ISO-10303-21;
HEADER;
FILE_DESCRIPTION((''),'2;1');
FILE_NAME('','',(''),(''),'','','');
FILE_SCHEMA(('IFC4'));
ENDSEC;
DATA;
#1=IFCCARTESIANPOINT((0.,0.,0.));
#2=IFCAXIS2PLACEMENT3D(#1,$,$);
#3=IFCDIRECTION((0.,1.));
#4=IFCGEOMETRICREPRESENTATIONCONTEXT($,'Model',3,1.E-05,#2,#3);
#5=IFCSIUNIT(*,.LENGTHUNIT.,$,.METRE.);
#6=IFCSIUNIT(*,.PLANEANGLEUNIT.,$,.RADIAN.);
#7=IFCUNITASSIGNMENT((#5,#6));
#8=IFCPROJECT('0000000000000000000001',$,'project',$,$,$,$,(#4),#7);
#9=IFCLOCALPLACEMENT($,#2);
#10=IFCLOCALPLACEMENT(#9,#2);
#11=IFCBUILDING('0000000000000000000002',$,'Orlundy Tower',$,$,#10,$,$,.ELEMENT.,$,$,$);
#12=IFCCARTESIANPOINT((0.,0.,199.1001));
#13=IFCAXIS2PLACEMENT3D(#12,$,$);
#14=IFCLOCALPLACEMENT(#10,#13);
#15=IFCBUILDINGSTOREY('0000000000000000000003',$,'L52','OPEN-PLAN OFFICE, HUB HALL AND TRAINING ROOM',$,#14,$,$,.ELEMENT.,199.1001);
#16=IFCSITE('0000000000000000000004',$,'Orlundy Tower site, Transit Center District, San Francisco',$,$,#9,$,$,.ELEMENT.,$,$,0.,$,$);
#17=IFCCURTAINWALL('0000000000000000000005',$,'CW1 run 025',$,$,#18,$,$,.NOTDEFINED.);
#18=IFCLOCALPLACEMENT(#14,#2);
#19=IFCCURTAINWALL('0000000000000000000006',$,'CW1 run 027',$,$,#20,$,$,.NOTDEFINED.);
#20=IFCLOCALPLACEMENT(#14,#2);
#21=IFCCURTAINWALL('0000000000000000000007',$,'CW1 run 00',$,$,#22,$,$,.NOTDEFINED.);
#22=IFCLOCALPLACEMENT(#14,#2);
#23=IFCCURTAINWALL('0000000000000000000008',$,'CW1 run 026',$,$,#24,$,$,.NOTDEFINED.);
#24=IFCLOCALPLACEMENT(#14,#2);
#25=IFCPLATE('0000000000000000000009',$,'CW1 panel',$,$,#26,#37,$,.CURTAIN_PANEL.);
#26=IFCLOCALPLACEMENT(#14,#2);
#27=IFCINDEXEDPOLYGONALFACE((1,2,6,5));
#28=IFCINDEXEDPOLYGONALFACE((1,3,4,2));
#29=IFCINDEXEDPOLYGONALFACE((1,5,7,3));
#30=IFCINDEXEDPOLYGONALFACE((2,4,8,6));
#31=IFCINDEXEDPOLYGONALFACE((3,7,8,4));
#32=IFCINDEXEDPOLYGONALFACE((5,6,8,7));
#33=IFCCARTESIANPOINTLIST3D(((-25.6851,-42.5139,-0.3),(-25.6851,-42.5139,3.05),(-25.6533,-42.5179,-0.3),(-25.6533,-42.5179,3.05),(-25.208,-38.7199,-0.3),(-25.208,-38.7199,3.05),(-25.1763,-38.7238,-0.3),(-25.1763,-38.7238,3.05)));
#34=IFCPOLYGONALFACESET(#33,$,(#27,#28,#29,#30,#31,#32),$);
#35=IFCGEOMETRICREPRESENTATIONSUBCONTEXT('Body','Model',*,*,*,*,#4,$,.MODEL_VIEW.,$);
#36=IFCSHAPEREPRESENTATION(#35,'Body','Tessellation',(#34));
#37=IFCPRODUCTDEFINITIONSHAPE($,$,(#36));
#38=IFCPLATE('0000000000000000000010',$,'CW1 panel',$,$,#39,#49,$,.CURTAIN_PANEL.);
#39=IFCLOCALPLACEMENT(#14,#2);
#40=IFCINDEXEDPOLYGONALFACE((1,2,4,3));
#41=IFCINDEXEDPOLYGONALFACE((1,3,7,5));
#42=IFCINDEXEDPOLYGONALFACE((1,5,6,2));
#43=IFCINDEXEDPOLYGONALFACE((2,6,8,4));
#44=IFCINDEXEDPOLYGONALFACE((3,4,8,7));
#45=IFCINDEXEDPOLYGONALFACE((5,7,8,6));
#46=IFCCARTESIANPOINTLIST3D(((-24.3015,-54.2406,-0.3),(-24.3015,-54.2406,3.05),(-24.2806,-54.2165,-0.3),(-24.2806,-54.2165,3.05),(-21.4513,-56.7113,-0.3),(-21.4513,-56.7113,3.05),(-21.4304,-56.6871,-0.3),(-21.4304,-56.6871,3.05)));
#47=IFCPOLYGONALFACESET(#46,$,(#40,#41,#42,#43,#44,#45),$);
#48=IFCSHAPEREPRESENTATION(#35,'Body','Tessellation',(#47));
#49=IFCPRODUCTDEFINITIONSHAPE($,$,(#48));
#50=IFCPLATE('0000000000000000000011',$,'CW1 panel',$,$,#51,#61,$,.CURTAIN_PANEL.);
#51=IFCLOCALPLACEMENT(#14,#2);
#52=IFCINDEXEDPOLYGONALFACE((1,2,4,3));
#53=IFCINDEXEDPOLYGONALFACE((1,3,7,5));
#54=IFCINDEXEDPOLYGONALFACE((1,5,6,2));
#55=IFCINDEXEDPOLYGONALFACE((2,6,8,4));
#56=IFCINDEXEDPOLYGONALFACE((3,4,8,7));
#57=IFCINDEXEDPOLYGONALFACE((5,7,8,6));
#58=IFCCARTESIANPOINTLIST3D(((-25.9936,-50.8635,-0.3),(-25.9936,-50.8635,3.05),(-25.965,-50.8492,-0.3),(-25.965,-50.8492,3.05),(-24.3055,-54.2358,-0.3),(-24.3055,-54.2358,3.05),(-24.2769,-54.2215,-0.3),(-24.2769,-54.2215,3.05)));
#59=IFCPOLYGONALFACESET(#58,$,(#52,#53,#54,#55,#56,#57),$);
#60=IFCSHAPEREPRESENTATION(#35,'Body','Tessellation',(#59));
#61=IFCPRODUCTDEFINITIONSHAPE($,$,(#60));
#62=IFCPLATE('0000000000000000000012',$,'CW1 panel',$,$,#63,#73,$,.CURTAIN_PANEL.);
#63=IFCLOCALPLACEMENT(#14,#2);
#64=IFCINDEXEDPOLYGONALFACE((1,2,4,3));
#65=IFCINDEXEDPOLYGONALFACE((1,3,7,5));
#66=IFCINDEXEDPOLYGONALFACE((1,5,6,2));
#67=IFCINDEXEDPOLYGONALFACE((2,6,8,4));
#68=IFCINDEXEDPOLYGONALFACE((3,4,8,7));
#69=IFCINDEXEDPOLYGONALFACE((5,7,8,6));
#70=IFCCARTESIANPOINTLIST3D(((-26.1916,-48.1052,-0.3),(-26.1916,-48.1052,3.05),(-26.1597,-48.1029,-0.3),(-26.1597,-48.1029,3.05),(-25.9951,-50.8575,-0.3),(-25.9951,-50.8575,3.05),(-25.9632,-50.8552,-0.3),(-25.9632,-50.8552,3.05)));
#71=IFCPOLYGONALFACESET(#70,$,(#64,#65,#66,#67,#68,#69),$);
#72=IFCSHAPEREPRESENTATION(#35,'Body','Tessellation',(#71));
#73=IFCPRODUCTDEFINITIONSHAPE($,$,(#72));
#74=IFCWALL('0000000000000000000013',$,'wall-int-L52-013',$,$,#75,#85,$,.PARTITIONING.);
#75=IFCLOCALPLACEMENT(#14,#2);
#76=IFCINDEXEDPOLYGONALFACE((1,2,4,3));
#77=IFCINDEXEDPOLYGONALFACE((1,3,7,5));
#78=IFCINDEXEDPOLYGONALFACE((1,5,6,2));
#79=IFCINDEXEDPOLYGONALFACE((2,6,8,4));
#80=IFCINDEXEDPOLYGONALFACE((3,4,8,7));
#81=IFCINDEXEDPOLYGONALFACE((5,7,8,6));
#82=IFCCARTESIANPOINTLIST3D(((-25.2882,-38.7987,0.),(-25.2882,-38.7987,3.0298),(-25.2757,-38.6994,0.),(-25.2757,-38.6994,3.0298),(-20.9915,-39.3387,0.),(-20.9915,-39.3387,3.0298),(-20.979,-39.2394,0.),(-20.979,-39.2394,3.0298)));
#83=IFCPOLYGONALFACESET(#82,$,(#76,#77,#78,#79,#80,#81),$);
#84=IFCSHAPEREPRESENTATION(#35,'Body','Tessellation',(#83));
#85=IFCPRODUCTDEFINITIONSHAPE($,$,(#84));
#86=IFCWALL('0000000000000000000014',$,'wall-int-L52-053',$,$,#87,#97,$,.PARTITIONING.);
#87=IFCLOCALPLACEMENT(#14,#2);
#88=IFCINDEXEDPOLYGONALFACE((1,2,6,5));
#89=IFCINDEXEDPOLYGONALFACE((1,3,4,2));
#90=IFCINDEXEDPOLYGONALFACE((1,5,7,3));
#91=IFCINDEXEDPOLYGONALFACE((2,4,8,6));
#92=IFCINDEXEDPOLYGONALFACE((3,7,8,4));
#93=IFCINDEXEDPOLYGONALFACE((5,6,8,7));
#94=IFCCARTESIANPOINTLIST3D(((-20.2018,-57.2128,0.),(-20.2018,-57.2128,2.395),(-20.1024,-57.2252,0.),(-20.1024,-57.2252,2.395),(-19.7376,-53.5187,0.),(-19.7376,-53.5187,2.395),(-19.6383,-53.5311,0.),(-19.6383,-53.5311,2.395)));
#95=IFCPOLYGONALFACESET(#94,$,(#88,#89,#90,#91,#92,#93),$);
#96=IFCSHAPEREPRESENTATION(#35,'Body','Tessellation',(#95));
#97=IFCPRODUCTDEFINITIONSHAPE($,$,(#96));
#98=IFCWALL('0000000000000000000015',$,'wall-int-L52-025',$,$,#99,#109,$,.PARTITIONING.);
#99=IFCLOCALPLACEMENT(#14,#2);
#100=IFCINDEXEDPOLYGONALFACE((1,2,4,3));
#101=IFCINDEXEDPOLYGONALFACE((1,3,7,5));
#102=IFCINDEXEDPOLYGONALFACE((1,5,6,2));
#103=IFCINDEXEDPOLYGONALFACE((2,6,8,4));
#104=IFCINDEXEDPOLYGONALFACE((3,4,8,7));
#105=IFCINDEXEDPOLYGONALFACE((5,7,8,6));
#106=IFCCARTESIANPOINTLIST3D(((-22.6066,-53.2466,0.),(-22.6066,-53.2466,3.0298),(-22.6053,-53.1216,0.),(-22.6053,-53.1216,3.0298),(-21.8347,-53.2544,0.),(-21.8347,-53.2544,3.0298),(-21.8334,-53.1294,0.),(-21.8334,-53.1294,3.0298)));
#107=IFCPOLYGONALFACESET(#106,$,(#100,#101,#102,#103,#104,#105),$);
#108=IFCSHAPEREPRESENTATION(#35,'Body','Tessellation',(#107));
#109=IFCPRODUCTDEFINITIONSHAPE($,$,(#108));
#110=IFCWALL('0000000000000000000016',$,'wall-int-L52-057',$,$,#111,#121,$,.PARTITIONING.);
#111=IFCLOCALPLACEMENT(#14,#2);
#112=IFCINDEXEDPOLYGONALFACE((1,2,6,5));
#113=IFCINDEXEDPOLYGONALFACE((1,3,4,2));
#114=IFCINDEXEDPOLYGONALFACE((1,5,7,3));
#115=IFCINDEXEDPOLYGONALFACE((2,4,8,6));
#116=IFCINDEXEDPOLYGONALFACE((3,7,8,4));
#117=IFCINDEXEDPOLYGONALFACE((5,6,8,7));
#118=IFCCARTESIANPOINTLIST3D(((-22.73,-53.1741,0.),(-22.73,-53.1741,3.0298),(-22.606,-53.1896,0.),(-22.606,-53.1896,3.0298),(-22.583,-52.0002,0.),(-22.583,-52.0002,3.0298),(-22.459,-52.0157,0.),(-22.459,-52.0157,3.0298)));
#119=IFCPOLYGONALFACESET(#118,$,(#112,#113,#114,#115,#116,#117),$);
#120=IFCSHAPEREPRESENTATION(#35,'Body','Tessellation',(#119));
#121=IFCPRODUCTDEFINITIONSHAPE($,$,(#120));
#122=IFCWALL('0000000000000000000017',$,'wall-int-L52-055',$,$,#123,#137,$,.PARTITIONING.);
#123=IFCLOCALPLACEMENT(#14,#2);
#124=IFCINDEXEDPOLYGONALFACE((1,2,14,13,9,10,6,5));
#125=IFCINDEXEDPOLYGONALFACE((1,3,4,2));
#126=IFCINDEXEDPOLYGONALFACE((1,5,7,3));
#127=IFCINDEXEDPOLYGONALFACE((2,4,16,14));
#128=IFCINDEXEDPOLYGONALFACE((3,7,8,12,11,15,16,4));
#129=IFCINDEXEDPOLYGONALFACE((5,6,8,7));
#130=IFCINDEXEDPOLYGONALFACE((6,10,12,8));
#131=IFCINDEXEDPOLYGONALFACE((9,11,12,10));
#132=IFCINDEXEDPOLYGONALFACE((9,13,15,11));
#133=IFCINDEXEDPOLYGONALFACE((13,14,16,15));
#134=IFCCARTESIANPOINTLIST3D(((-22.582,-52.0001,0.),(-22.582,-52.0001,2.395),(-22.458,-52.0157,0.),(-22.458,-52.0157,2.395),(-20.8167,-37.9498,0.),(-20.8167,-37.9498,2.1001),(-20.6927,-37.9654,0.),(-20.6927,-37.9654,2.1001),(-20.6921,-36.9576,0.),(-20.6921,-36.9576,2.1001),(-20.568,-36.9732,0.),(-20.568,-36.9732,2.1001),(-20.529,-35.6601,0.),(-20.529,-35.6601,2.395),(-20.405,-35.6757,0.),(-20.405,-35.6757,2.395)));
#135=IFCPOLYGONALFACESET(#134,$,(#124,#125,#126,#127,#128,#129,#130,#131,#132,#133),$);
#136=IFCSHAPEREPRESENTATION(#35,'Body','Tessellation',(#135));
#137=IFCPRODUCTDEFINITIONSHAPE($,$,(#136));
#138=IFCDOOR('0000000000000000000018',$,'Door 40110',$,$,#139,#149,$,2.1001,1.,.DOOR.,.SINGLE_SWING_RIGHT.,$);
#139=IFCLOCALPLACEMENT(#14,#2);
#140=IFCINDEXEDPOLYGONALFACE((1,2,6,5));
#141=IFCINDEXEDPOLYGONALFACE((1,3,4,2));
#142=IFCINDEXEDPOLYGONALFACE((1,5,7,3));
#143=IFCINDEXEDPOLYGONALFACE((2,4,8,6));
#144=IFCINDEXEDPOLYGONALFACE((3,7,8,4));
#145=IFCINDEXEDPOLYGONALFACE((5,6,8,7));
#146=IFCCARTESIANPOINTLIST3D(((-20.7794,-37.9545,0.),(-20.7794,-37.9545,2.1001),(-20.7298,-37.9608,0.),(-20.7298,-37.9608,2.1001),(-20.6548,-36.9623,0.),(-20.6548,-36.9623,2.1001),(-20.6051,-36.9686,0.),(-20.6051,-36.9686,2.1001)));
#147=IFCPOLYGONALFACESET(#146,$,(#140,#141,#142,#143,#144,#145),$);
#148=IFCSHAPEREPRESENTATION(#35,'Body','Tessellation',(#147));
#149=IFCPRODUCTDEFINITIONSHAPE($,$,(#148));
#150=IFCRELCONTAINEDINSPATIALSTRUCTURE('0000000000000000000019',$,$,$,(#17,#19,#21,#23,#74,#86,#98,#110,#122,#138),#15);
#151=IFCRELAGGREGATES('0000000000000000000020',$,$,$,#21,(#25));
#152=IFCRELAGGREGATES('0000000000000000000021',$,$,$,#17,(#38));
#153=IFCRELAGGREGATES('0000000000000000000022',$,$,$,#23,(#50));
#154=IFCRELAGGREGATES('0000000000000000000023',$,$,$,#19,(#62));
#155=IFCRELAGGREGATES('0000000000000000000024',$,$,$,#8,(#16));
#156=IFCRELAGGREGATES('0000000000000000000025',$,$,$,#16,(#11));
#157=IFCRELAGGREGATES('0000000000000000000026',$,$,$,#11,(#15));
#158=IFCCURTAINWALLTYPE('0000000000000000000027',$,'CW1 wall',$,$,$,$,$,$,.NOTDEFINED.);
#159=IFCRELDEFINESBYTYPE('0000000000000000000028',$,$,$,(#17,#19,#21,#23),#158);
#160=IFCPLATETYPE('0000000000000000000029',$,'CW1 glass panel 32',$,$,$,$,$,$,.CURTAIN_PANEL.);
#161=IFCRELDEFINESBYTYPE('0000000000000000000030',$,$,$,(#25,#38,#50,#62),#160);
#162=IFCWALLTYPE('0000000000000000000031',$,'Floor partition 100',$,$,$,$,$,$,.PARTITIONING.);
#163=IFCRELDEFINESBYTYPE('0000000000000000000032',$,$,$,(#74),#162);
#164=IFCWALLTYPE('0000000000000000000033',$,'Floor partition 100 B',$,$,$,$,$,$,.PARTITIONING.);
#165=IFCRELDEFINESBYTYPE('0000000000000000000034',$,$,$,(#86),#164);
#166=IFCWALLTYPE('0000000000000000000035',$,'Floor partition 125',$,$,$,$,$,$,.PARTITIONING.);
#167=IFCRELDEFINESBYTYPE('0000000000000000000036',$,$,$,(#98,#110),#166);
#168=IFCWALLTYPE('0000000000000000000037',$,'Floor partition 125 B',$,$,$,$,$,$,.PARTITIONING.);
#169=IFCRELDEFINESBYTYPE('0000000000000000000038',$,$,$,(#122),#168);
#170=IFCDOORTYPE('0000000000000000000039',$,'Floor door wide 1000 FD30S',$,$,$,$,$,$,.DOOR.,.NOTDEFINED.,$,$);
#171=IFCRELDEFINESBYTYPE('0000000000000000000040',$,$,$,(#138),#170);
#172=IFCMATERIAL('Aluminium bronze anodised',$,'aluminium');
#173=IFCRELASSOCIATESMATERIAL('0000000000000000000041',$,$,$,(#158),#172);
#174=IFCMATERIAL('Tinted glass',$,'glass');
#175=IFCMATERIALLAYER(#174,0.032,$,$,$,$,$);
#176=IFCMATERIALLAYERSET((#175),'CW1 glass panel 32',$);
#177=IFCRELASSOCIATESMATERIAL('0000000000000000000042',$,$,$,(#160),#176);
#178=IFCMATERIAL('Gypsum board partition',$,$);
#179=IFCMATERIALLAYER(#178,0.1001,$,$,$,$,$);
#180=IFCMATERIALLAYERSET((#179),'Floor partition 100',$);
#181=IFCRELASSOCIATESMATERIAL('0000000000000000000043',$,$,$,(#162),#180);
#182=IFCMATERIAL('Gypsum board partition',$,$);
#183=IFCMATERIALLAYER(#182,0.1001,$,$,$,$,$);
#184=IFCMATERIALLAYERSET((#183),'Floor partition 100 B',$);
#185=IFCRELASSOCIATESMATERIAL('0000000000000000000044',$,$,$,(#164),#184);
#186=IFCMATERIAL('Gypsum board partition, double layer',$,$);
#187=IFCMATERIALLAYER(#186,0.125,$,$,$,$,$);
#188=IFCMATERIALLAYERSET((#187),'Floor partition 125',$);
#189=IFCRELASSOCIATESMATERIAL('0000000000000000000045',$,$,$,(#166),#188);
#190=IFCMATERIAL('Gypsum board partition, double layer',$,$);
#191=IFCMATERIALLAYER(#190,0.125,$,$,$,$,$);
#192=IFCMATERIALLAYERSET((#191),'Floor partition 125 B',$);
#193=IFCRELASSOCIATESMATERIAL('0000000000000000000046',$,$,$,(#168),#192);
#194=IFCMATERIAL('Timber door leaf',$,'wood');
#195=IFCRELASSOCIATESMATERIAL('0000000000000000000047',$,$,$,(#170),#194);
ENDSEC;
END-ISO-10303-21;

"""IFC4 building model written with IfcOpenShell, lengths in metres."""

from ifc_helpers import new_model, si_unit, direction, frame, frame_2d, origin, origin_2d, place, context, subcontext, project, spatial, rectangle, extrude, material, layer, layer_set, type_object, element, fill, aggregate, save


model = new_model("IFC4")

# Units and contexts
model_context = context("Model", 3, precision=1e-05, world=origin(), true_north=direction((0.0, 1.0)))
body_context = subcontext(model_context, "Body", "Model", "MODEL_VIEW")
ifc_project = project(units=[si_unit("LENGTHUNIT", "METRE"), si_unit("PLANEANGLEUNIT", "RADIAN")], contexts=[model_context])

# Site, building, storey
site_placement = place(None, origin())
site = spatial("IfcSite", under=ifc_project, at=site_placement, Name="Orlundy Tower site, Transit Center District, San Francisco", CompositionType="ELEMENT", RefElevation=0.0)
building_placement = place(site_placement, origin())
building = spatial("IfcBuilding", under=site, at=building_placement, Name="Orlundy Tower", CompositionType="ELEMENT")
storey_placement = place(building_placement, frame((0.0, 0.0, 199.1001)))
storey = spatial("IfcBuildingStorey", under=building, at=storey_placement, Name="L52", Description="OPEN-PLAN OFFICE, HUB HALL AND TRAINING ROOM", CompositionType="ELEMENT", Elevation=199.1001)

# Curtain walls
ifc_material_1 = material(Name="Aluminium bronze anodised", Category="aluminium")
curtain_wall_type = type_object("IfcCurtainWallType", Name="CW1 wall", PredefinedType="NOTDEFINED", material=ifc_material_1)
curtain_wall_1_placement = place(storey_placement, origin())
curtain_wall_1 = element("IfcCurtainWall", 1, at=curtain_wall_1_placement, inside=storey, type_object=curtain_wall_type, Name="CW1 run 025", PredefinedType="NOTDEFINED")
curtain_wall_2_placement = place(storey_placement, origin())
curtain_wall_2 = element("IfcCurtainWall", 2, at=curtain_wall_2_placement, inside=storey, type_object=curtain_wall_type, Name="CW1 run 027", PredefinedType="NOTDEFINED")

# Curtain wall
curtain_wall_3_placement = place(storey_placement, origin())
curtain_wall_3 = element("IfcCurtainWall", 3, at=curtain_wall_3_placement, inside=storey, type_object=curtain_wall_type, Name="CW1 run 00", PredefinedType="NOTDEFINED")

# Curtain wall
curtain_wall_4_placement = place(storey_placement, origin())
curtain_wall_4 = element("IfcCurtainWall", 4, at=curtain_wall_4_placement, inside=storey, type_object=curtain_wall_type, Name="CW1 run 026", PredefinedType="NOTDEFINED")

# Plates
ifc_material_2 = material(Name="Tinted glass", Category="glass")
ifc_layer_1 = layer(ifc_material_2, 0.032)
ifc_layer_set_1 = layer_set([ifc_layer_1], Name="CW1 glass panel 32")
plate_type = type_object("IfcPlateType", Name="CW1 glass panel 32", PredefinedType="CURTAIN_PANEL", material=ifc_layer_set_1)
plate_1_placement = place(storey_placement, frame((-25.4307, -40.6189, -0.3), z_axis=(0.0, 0.0, 1.0), x_axis=(0.124763, 0.992187, 0.0)))
plate_1 = element("IfcPlate", 5, at=plate_1_placement, type_object=plate_type, Name="CW1 panel", PredefinedType="CURTAIN_PANEL", context=body_context, shape_type="SweptSolid", body=[
    extrude(rectangle(XDim=3.824, YDim=0.032, at=origin_2d()), origin(), (0.0, 0.0, 1.0), 3.3501),
])
aggregate(curtain_wall_3, [plate_1])
plate_2_placement = place(storey_placement, frame((-22.866, -55.4639, -0.3), z_axis=(0.0, 0.0, 1.0), x_axis=(-0.755627, 0.655002, 0.0)))
plate_2 = element("IfcPlate", 6, at=plate_2_placement, type_object=plate_type, Name="CW1 panel", PredefinedType="CURTAIN_PANEL", context=body_context, shape_type="SweptSolid", body=[
    extrude(rectangle(XDim=3.772, YDim=0.032, at=origin_2d()), origin(), (0.0, 0.0, 1.0), 3.3501),
])
aggregate(curtain_wall_1, [plate_2])
plate_3_placement = place(storey_placement, frame((-25.1353, -52.5425, -0.3), z_axis=(0.0, 0.0, 1.0), x_axis=(-0.447645, 0.894211, 0.0)))
plate_3 = element("IfcPlate", 7, at=plate_3_placement, type_object=plate_type, Name="CW1 panel", PredefinedType="CURTAIN_PANEL", context=body_context, shape_type="SweptSolid", body=[
    extrude(rectangle(XDim=3.7712, YDim=0.032, at=origin_2d()), origin(), (0.0, 0.0, 1.0), 3.3501),
])
aggregate(curtain_wall_4, [plate_3])
plate_4_placement = place(storey_placement, frame((-26.0774, -49.4802, -0.3), z_axis=(0.0, 0.0, 1.0), x_axis=(-0.071209, 0.997461, 0.0)))
plate_4 = element("IfcPlate", 8, at=plate_4_placement, type_object=plate_type, Name="CW1 panel", PredefinedType="CURTAIN_PANEL", context=body_context, shape_type="SweptSolid", body=[
    extrude(rectangle(XDim=2.7593, YDim=0.032, at=origin_2d()), origin(), (0.0, 0.0, 1.0), 3.3501),
])
aggregate(curtain_wall_2, [plate_4])

# Walls
ifc_material_3 = material(Name="Gypsum board partition")
ifc_layer_2 = layer(ifc_material_3, 0.1001)
ifc_layer_set_2 = layer_set([ifc_layer_2], Name="Floor partition 100")
wall_type_1 = type_object("IfcWallType", Name="Floor partition 100", PredefinedType="PARTITIONING", material=ifc_layer_set_2)
wall_1_placement = place(storey_placement, frame((-25.282, -38.749, 0.0), z_axis=(0.0, 0.0, 1.0), x_axis=(0.992194, -0.124701, 0.0)))
element("IfcWall", 9, at=wall_1_placement, inside=storey, type_object=wall_type_1, Name="wall-int-L52-013", PredefinedType="PARTITIONING", context=body_context, shape_type="SweptSolid", body=[
    extrude(rectangle(XDim=4.3306, YDim=0.1001, at=frame_2d((2.1653, 0.0))), origin(), (0.0, 0.0, 1.0), 3.0298),
])
ifc_material_4 = material(Name="Gypsum board partition")
ifc_layer_3 = layer(ifc_material_4, 0.1001)
ifc_layer_set_3 = layer_set([ifc_layer_3], Name="Floor partition 100 B")
wall_type_2 = type_object("IfcWallType", Name="Floor partition 100 B", PredefinedType="PARTITIONING", material=ifc_layer_set_3)
wall_2_placement = place(storey_placement, frame((-20.1521, -57.219, 0.0), z_axis=(0.0, 0.0, 1.0), x_axis=(0.124656, 0.9922, 0.0)))
element("IfcWall", 10, at=wall_2_placement, inside=storey, type_object=wall_type_2, Name="wall-int-L52-053", PredefinedType="PARTITIONING", context=body_context, shape_type="SweptSolid", body=[
    extrude(rectangle(XDim=3.7231, YDim=0.1001, at=frame_2d((1.8616, 0.0))), origin(), (0.0, 0.0, 1.0), 2.395),
])
ifc_material_5 = material(Name="Gypsum board partition, double layer")
ifc_layer_4 = layer(ifc_material_5, 0.125)
ifc_layer_set_4 = layer_set([ifc_layer_4], Name="Floor partition 125")
wall_type_3 = type_object("IfcWallType", Name="Floor partition 125", PredefinedType="PARTITIONING", material=ifc_layer_set_4)
wall_3_placement = place(storey_placement, frame((-22.606, -53.1841, 0.0), z_axis=(0.0, 0.0, 1.0), x_axis=(0.999949, -0.01012, 0.0)))
element("IfcWall", 11, at=wall_3_placement, inside=storey, type_object=wall_type_3, Name="wall-int-L52-025", PredefinedType="PARTITIONING", context=body_context, shape_type="SweptSolid", body=[
    extrude(rectangle(XDim=0.772, YDim=0.125, at=frame_2d((0.386, 0.0))), origin(), (0.0, 0.0, 1.0), 3.0298),
])
wall_4_placement = place(storey_placement, frame((-22.668, -53.1819, 0.0), z_axis=(0.0, 0.0, 1.0), x_axis=(0.124238, 0.992252, 0.0)))
element("IfcWall", 12, at=wall_4_placement, inside=storey, type_object=wall_type_3, Name="wall-int-L52-057", PredefinedType="PARTITIONING", context=body_context, shape_type="SweptSolid", body=[
    extrude(rectangle(XDim=1.1831, YDim=0.125, at=frame_2d((0.5916, 0.0))), origin(), (0.0, 0.0, 1.0), 3.0298),
])

# Wall, opening, door
ifc_material_6 = material(Name="Gypsum board partition, double layer")
ifc_layer_5 = layer(ifc_material_6, 0.125)
ifc_layer_set_5 = layer_set([ifc_layer_5], Name="Floor partition 125 B")
wall_type_4 = type_object("IfcWallType", Name="Floor partition 125 B", PredefinedType="PARTITIONING", material=ifc_layer_set_5)
wall_5_placement = place(storey_placement, frame((-22.52, -52.0081, 0.0), z_axis=(0.0, 0.0, 1.0), x_axis=(0.124661, 0.992199, 0.0)))
wall_5 = element("IfcWall", 13, at=wall_5_placement, inside=storey, type_object=wall_type_4, Name="wall-int-L52-055", PredefinedType="PARTITIONING", context=body_context, shape_type="SweptSolid", body=[
    extrude(rectangle(XDim=16.4685, YDim=0.125, at=frame_2d((8.2344, 0.0))), origin(), (0.0, 0.0, 1.0), 2.395),
])
opening_placement = place(wall_5_placement, frame((14.1609, 0.0, 0.0)))
opening = element("IfcOpeningElement", 14, at=opening_placement, cuts=wall_5, PredefinedType="OPENING", context=body_context, shape_type="SweptSolid", body=[
    extrude(rectangle(XDim=1.0, YDim=2.1001, at=frame_2d((0.5, 1.05))), frame((0.0, 0.0725, 0.0), z_axis=(0.0, -1.0, 0.0), x_axis=(1.0, 0.0, 0.0)), (0.0, 0.0, 1.0), 0.145),
])
ifc_material_7 = material(Name="Timber door leaf", Category="wood")
door_type = type_object("IfcDoorType", Name="Floor door wide 1000 FD30S", OperationType="NOTDEFINED", PredefinedType="DOOR", material=ifc_material_7)
door_placement = place(opening_placement, origin())
door = element("IfcDoor", 15, at=door_placement, inside=storey, type_object=door_type, Name="Door 40110", OperationType="SINGLE_SWING_RIGHT", OverallHeight=2.1001, OverallWidth=1.0, PredefinedType="DOOR", context=body_context, shape_type="SweptSolid", body=[
    extrude(rectangle(XDim=1.0, YDim=2.1001, at=frame_2d((0.5, 1.05))), frame((0.0, 0.0249, 0.0), z_axis=(0.0, -1.0, 0.0), x_axis=(1.0, 0.0, 0.0)), (0.0, 0.0, 1.0), 0.05),
])
fill(opening, door)

save(model, "model.ifc")
